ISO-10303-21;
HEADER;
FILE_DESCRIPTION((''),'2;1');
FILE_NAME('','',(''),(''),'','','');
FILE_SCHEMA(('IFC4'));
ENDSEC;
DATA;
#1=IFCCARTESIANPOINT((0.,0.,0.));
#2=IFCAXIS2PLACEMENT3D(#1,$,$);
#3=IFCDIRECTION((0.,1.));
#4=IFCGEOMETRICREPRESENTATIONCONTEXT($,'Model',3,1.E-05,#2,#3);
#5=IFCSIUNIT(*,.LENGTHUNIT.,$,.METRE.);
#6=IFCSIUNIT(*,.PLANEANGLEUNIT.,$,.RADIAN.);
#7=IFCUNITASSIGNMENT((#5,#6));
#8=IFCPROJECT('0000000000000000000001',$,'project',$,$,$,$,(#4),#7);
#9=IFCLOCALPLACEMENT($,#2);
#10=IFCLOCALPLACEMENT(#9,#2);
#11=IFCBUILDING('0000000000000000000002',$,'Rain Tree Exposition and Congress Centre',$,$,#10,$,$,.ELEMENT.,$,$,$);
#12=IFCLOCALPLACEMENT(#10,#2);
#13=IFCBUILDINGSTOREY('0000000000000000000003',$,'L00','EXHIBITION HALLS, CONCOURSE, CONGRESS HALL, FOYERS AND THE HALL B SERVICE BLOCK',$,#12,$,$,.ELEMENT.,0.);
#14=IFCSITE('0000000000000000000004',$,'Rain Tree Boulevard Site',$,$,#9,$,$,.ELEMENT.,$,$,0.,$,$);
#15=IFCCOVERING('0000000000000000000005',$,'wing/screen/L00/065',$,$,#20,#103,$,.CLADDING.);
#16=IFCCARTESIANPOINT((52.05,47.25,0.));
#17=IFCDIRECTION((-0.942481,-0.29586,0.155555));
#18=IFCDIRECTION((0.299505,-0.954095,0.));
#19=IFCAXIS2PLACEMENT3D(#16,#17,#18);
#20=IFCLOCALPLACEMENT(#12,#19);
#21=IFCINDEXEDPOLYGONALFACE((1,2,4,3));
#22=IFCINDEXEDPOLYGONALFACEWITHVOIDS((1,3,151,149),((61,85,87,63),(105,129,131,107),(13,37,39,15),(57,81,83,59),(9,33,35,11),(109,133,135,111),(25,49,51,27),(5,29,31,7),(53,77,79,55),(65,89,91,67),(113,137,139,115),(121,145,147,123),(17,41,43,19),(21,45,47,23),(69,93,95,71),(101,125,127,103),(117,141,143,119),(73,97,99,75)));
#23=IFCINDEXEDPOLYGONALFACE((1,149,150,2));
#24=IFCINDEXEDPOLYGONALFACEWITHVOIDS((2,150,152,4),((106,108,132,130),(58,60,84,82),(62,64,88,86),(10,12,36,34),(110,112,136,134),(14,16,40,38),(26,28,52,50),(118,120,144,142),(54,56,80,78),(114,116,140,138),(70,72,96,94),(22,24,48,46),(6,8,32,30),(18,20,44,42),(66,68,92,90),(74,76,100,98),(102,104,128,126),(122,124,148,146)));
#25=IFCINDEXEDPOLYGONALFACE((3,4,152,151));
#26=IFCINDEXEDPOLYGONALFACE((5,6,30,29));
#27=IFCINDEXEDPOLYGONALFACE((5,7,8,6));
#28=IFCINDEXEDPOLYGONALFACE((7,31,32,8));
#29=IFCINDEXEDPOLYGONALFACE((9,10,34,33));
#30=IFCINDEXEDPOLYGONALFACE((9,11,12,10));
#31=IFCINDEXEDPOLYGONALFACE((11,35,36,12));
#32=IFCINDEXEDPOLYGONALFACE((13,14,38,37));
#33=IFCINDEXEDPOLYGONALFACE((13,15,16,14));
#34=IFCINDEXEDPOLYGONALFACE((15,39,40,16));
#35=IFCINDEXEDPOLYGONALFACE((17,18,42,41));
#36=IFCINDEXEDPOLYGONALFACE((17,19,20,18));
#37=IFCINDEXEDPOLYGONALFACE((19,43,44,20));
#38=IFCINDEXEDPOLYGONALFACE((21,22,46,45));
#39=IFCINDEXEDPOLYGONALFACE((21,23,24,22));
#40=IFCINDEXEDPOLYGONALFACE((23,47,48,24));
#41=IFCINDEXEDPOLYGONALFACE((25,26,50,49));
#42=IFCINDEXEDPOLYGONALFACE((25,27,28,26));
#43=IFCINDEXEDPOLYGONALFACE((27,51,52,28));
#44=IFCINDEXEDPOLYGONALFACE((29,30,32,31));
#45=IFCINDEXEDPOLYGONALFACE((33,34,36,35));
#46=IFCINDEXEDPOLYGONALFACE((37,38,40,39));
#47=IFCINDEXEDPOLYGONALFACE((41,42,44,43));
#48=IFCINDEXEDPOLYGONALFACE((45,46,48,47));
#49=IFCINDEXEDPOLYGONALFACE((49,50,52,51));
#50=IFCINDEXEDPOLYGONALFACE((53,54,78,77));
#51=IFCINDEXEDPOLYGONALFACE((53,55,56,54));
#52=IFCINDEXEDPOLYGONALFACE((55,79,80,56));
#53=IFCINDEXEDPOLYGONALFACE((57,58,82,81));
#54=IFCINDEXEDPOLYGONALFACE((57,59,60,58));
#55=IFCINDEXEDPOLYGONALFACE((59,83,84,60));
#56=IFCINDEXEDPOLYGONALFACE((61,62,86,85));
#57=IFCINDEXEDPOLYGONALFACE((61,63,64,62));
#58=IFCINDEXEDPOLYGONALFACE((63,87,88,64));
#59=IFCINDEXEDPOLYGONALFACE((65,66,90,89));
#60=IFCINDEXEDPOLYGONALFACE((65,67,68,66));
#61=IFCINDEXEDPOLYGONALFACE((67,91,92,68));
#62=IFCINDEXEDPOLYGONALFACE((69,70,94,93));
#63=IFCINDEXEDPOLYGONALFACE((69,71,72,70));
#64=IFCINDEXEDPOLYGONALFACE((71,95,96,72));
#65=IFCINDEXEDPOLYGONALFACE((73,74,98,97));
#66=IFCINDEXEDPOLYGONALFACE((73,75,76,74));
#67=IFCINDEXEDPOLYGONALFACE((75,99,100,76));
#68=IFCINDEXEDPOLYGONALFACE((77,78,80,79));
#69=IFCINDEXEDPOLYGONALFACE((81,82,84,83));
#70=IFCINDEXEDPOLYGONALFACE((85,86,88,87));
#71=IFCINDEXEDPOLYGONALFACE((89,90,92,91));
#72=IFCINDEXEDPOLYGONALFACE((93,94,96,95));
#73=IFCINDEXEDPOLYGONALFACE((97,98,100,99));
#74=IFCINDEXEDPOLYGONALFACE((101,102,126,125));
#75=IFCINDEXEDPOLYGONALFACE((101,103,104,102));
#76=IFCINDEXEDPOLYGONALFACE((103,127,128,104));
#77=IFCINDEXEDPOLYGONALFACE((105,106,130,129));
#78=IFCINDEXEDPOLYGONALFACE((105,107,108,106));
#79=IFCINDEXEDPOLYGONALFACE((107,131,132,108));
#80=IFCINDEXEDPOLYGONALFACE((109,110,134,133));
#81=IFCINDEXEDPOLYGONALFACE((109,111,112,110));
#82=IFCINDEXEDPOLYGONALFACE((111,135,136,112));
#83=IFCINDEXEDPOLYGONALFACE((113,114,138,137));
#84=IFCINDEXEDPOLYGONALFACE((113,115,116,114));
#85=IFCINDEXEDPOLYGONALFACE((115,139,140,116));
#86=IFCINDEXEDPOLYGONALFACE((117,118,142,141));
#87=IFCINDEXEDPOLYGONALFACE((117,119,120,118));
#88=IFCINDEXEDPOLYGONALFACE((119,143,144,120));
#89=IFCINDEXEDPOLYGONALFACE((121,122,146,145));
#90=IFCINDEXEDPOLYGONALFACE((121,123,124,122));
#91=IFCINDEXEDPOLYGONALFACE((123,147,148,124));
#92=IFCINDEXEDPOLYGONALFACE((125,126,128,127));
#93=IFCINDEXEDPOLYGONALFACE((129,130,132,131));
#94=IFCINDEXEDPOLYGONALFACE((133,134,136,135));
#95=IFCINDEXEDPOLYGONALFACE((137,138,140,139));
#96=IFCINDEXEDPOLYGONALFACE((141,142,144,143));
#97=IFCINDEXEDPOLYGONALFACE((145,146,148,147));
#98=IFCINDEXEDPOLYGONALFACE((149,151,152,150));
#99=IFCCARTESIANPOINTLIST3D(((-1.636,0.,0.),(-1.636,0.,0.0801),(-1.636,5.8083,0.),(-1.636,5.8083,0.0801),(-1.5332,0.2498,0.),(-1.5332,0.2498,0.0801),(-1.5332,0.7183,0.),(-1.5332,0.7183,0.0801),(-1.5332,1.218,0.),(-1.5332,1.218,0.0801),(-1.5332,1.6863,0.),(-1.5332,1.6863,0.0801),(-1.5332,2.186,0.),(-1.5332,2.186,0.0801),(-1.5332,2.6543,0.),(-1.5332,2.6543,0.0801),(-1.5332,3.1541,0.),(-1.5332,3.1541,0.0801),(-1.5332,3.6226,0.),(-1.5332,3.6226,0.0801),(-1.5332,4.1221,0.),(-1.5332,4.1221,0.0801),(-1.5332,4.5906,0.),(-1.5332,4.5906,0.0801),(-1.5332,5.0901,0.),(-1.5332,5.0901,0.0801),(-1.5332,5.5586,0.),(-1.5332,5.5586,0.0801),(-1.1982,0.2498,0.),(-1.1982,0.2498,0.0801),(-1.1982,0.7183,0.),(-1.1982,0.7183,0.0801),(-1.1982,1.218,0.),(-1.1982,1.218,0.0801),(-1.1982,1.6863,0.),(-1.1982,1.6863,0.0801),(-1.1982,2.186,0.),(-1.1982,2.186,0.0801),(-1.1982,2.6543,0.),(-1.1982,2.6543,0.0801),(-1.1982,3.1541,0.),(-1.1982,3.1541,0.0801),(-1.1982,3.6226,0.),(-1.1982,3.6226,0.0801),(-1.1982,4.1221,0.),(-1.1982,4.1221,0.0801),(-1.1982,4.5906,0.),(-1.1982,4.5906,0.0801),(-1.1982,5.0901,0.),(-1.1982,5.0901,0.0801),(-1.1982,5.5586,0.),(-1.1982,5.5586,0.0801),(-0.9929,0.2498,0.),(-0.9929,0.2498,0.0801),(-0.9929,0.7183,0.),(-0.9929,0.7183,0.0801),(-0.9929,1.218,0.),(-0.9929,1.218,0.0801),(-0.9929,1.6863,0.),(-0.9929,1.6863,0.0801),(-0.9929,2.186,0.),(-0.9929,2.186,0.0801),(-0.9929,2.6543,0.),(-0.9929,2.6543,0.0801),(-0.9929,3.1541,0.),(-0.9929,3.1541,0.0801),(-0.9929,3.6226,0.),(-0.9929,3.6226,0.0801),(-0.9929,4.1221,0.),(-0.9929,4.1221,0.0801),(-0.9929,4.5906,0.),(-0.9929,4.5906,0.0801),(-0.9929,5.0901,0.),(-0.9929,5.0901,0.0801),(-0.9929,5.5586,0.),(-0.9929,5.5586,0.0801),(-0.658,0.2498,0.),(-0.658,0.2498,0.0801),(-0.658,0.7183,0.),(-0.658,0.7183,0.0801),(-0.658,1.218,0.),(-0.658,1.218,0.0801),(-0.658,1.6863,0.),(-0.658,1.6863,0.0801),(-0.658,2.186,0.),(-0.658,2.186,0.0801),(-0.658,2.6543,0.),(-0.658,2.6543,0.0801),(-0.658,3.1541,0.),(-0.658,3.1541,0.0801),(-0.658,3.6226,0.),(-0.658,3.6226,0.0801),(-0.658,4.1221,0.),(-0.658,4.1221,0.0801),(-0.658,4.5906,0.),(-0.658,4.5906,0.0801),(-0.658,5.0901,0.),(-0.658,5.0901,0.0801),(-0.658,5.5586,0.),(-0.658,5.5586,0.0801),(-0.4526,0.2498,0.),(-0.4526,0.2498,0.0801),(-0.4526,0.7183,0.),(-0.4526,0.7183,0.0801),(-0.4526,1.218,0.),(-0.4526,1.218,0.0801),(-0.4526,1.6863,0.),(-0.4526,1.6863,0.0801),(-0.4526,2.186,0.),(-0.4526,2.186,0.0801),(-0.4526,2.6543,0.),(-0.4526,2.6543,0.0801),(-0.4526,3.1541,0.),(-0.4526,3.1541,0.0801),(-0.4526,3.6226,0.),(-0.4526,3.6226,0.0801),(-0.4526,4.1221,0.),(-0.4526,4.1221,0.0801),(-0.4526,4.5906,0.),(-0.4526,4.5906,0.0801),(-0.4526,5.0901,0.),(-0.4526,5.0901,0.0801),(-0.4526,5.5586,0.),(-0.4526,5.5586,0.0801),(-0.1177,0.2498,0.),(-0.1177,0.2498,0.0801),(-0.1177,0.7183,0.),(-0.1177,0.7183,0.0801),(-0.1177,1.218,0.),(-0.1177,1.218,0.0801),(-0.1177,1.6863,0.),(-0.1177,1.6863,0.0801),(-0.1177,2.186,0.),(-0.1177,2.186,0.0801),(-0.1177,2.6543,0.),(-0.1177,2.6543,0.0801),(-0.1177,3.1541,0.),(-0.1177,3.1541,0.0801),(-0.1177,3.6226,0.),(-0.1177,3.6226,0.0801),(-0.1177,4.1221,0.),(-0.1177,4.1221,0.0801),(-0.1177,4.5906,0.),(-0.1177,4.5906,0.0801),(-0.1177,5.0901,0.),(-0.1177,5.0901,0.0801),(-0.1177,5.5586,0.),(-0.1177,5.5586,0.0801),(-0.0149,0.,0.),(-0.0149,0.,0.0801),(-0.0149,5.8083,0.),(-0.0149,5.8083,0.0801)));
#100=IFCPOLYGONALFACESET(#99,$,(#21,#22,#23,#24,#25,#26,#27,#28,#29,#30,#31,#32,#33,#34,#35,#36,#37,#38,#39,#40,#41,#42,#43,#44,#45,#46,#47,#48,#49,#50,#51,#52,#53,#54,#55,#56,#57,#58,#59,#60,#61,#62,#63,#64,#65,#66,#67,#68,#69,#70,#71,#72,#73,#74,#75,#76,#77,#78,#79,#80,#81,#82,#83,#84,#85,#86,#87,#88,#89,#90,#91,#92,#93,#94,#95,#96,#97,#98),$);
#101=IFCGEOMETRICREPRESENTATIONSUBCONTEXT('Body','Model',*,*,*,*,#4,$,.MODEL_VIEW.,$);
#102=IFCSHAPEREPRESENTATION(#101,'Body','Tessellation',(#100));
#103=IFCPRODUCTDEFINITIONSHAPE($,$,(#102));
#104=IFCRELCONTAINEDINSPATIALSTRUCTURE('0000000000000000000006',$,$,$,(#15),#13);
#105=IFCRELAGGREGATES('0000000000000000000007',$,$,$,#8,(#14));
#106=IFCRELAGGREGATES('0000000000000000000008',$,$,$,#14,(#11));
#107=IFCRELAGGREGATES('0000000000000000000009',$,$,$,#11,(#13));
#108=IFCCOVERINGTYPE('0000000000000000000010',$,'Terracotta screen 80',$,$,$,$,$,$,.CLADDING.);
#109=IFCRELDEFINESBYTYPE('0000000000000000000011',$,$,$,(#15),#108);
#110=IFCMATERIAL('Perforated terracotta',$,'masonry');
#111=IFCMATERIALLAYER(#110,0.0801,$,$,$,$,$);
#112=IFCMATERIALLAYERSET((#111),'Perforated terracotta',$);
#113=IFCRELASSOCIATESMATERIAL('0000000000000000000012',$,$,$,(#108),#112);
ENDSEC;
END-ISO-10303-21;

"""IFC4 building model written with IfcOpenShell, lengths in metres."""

from ifc_helpers import new_model, si_unit, direction, frame, origin, place, context, subcontext, project, spatial, polyline, outline, extrude, material, layer, layer_set, type_object, element, save


model = new_model("IFC4")

# Units and contexts
model_context = context("Model", 3, precision=1e-05, world=origin(), true_north=direction((0.0, 1.0)))
body_context = subcontext(model_context, "Body", "Model", "MODEL_VIEW")
ifc_project = project(units=[si_unit("LENGTHUNIT", "METRE"), si_unit("PLANEANGLEUNIT", "RADIAN")], contexts=[model_context])

# Site, building, storey
site_placement = place(None, origin())
site = spatial("IfcSite", under=ifc_project, at=site_placement, Name="Rain Tree Boulevard Site", CompositionType="ELEMENT", RefElevation=0.0)
building_placement = place(site_placement, origin())
building = spatial("IfcBuilding", under=site, at=building_placement, Name="Rain Tree Exposition and Congress Centre", CompositionType="ELEMENT")
storey_placement = place(building_placement, origin())
storey = spatial("IfcBuildingStorey", under=building, at=storey_placement, Name="L00", Description="EXHIBITION HALLS, CONCOURSE, CONGRESS HALL, FOYERS AND THE HALL B SERVICE BLOCK", CompositionType="ELEMENT", Elevation=0.0)

# Covering
ifc_material_1 = material(Name="Perforated terracotta", Category="masonry")
ifc_layer_1 = layer(ifc_material_1, 0.0801)
ifc_layer_set_1 = layer_set([ifc_layer_1], Name="Perforated terracotta")
covering_type = type_object("IfcCoveringType", Name="Terracotta screen 80", PredefinedType="CLADDING", material=ifc_layer_set_1)
covering_1_placement = place(storey_placement, frame((52.05, 47.25, 0.0), z_axis=(-0.942481, -0.29586, 0.155555), x_axis=(0.299505, -0.954095, 0.0)))
element("IfcCovering", 1, at=covering_1_placement, inside=storey, type_object=covering_type, Name="wing/screen/L00/065", PredefinedType="CLADDING", context=body_context, shape_type="SweptSolid", body=[
    extrude(outline(polyline([(-0.0149, 5.8083), (-0.0149, 0.0), (-1.636, 0.0), (-1.636, 5.8083), (-0.0149, 5.8083)]), holes=[polyline([(-0.1177, 0.2498), (-0.1177, 0.7183), (-0.4526, 0.7183), (-0.4526, 0.2498), (-0.1177, 0.2498)]), polyline([(-0.1177, 1.218), (-0.1177, 1.6863), (-0.4526, 1.6863), (-0.4526, 1.218), (-0.1177, 1.218)]), polyline([(-0.1177, 2.186), (-0.1177, 2.6543), (-0.4526, 2.6543), (-0.4526, 2.186), (-0.1177, 2.186)]), polyline([(-0.1177, 3.1541), (-0.1177, 3.6226), (-0.4526, 3.6226), (-0.4526, 3.1541), (-0.1177, 3.1541)]), polyline([(-0.1177, 4.1221), (-0.1177, 4.5906), (-0.4526, 4.5906), (-0.4526, 4.1221), (-0.1177, 4.1221)]), polyline([(-0.1177, 5.0901), (-0.1177, 5.5586), (-0.4526, 5.5586), (-0.4526, 5.0901), (-0.1177, 5.0901)]), polyline([(-0.658, 0.2498), (-0.658, 0.7183), (-0.9929, 0.7183), (-0.9929, 0.2498), (-0.658, 0.2498)]), polyline([(-0.658, 1.218), (-0.658, 1.6863), (-0.9929, 1.6863), (-0.9929, 1.218), (-0.658, 1.218)]), polyline([(-0.658, 2.186), (-0.658, 2.6543), (-0.9929, 2.6543), (-0.9929, 2.186), (-0.658, 2.186)]), polyline([(-0.658, 3.1541), (-0.658, 3.6226), (-0.9929, 3.6226), (-0.9929, 3.1541), (-0.658, 3.1541)]), polyline([(-0.658, 4.1221), (-0.658, 4.5906), (-0.9929, 4.5906), (-0.9929, 4.1221), (-0.658, 4.1221)]), polyline([(-0.658, 5.0901), (-0.658, 5.5586), (-0.9929, 5.5586), (-0.9929, 5.0901), (-0.658, 5.0901)]), polyline([(-1.1982, 0.2498), (-1.1982, 0.7183), (-1.5332, 0.7183), (-1.5332, 0.2498), (-1.1982, 0.2498)]), polyline([(-1.1982, 1.218), (-1.1982, 1.6863), (-1.5332, 1.6863), (-1.5332, 1.218), (-1.1982, 1.218)]), polyline([(-1.1982, 2.186), (-1.1982, 2.6543), (-1.5332, 2.6543), (-1.5332, 2.186), (-1.1982, 2.186)]), polyline([(-1.1982, 3.1541), (-1.1982, 3.6226), (-1.5332, 3.6226), (-1.5332, 3.1541), (-1.1982, 3.1541)]), polyline([(-1.1982, 4.1221), (-1.1982, 4.5906), (-1.5332, 4.5906), (-1.5332, 4.1221), (-1.1982, 4.1221)]), polyline([(-1.1982, 5.0901), (-1.1982, 5.5586), (-1.5332, 5.5586), (-1.5332, 5.0901), (-1.1982, 5.0901)])]), origin(), (0.0, 0.0, 1.0), 0.0801),
])

save(model, "model.ifc")
